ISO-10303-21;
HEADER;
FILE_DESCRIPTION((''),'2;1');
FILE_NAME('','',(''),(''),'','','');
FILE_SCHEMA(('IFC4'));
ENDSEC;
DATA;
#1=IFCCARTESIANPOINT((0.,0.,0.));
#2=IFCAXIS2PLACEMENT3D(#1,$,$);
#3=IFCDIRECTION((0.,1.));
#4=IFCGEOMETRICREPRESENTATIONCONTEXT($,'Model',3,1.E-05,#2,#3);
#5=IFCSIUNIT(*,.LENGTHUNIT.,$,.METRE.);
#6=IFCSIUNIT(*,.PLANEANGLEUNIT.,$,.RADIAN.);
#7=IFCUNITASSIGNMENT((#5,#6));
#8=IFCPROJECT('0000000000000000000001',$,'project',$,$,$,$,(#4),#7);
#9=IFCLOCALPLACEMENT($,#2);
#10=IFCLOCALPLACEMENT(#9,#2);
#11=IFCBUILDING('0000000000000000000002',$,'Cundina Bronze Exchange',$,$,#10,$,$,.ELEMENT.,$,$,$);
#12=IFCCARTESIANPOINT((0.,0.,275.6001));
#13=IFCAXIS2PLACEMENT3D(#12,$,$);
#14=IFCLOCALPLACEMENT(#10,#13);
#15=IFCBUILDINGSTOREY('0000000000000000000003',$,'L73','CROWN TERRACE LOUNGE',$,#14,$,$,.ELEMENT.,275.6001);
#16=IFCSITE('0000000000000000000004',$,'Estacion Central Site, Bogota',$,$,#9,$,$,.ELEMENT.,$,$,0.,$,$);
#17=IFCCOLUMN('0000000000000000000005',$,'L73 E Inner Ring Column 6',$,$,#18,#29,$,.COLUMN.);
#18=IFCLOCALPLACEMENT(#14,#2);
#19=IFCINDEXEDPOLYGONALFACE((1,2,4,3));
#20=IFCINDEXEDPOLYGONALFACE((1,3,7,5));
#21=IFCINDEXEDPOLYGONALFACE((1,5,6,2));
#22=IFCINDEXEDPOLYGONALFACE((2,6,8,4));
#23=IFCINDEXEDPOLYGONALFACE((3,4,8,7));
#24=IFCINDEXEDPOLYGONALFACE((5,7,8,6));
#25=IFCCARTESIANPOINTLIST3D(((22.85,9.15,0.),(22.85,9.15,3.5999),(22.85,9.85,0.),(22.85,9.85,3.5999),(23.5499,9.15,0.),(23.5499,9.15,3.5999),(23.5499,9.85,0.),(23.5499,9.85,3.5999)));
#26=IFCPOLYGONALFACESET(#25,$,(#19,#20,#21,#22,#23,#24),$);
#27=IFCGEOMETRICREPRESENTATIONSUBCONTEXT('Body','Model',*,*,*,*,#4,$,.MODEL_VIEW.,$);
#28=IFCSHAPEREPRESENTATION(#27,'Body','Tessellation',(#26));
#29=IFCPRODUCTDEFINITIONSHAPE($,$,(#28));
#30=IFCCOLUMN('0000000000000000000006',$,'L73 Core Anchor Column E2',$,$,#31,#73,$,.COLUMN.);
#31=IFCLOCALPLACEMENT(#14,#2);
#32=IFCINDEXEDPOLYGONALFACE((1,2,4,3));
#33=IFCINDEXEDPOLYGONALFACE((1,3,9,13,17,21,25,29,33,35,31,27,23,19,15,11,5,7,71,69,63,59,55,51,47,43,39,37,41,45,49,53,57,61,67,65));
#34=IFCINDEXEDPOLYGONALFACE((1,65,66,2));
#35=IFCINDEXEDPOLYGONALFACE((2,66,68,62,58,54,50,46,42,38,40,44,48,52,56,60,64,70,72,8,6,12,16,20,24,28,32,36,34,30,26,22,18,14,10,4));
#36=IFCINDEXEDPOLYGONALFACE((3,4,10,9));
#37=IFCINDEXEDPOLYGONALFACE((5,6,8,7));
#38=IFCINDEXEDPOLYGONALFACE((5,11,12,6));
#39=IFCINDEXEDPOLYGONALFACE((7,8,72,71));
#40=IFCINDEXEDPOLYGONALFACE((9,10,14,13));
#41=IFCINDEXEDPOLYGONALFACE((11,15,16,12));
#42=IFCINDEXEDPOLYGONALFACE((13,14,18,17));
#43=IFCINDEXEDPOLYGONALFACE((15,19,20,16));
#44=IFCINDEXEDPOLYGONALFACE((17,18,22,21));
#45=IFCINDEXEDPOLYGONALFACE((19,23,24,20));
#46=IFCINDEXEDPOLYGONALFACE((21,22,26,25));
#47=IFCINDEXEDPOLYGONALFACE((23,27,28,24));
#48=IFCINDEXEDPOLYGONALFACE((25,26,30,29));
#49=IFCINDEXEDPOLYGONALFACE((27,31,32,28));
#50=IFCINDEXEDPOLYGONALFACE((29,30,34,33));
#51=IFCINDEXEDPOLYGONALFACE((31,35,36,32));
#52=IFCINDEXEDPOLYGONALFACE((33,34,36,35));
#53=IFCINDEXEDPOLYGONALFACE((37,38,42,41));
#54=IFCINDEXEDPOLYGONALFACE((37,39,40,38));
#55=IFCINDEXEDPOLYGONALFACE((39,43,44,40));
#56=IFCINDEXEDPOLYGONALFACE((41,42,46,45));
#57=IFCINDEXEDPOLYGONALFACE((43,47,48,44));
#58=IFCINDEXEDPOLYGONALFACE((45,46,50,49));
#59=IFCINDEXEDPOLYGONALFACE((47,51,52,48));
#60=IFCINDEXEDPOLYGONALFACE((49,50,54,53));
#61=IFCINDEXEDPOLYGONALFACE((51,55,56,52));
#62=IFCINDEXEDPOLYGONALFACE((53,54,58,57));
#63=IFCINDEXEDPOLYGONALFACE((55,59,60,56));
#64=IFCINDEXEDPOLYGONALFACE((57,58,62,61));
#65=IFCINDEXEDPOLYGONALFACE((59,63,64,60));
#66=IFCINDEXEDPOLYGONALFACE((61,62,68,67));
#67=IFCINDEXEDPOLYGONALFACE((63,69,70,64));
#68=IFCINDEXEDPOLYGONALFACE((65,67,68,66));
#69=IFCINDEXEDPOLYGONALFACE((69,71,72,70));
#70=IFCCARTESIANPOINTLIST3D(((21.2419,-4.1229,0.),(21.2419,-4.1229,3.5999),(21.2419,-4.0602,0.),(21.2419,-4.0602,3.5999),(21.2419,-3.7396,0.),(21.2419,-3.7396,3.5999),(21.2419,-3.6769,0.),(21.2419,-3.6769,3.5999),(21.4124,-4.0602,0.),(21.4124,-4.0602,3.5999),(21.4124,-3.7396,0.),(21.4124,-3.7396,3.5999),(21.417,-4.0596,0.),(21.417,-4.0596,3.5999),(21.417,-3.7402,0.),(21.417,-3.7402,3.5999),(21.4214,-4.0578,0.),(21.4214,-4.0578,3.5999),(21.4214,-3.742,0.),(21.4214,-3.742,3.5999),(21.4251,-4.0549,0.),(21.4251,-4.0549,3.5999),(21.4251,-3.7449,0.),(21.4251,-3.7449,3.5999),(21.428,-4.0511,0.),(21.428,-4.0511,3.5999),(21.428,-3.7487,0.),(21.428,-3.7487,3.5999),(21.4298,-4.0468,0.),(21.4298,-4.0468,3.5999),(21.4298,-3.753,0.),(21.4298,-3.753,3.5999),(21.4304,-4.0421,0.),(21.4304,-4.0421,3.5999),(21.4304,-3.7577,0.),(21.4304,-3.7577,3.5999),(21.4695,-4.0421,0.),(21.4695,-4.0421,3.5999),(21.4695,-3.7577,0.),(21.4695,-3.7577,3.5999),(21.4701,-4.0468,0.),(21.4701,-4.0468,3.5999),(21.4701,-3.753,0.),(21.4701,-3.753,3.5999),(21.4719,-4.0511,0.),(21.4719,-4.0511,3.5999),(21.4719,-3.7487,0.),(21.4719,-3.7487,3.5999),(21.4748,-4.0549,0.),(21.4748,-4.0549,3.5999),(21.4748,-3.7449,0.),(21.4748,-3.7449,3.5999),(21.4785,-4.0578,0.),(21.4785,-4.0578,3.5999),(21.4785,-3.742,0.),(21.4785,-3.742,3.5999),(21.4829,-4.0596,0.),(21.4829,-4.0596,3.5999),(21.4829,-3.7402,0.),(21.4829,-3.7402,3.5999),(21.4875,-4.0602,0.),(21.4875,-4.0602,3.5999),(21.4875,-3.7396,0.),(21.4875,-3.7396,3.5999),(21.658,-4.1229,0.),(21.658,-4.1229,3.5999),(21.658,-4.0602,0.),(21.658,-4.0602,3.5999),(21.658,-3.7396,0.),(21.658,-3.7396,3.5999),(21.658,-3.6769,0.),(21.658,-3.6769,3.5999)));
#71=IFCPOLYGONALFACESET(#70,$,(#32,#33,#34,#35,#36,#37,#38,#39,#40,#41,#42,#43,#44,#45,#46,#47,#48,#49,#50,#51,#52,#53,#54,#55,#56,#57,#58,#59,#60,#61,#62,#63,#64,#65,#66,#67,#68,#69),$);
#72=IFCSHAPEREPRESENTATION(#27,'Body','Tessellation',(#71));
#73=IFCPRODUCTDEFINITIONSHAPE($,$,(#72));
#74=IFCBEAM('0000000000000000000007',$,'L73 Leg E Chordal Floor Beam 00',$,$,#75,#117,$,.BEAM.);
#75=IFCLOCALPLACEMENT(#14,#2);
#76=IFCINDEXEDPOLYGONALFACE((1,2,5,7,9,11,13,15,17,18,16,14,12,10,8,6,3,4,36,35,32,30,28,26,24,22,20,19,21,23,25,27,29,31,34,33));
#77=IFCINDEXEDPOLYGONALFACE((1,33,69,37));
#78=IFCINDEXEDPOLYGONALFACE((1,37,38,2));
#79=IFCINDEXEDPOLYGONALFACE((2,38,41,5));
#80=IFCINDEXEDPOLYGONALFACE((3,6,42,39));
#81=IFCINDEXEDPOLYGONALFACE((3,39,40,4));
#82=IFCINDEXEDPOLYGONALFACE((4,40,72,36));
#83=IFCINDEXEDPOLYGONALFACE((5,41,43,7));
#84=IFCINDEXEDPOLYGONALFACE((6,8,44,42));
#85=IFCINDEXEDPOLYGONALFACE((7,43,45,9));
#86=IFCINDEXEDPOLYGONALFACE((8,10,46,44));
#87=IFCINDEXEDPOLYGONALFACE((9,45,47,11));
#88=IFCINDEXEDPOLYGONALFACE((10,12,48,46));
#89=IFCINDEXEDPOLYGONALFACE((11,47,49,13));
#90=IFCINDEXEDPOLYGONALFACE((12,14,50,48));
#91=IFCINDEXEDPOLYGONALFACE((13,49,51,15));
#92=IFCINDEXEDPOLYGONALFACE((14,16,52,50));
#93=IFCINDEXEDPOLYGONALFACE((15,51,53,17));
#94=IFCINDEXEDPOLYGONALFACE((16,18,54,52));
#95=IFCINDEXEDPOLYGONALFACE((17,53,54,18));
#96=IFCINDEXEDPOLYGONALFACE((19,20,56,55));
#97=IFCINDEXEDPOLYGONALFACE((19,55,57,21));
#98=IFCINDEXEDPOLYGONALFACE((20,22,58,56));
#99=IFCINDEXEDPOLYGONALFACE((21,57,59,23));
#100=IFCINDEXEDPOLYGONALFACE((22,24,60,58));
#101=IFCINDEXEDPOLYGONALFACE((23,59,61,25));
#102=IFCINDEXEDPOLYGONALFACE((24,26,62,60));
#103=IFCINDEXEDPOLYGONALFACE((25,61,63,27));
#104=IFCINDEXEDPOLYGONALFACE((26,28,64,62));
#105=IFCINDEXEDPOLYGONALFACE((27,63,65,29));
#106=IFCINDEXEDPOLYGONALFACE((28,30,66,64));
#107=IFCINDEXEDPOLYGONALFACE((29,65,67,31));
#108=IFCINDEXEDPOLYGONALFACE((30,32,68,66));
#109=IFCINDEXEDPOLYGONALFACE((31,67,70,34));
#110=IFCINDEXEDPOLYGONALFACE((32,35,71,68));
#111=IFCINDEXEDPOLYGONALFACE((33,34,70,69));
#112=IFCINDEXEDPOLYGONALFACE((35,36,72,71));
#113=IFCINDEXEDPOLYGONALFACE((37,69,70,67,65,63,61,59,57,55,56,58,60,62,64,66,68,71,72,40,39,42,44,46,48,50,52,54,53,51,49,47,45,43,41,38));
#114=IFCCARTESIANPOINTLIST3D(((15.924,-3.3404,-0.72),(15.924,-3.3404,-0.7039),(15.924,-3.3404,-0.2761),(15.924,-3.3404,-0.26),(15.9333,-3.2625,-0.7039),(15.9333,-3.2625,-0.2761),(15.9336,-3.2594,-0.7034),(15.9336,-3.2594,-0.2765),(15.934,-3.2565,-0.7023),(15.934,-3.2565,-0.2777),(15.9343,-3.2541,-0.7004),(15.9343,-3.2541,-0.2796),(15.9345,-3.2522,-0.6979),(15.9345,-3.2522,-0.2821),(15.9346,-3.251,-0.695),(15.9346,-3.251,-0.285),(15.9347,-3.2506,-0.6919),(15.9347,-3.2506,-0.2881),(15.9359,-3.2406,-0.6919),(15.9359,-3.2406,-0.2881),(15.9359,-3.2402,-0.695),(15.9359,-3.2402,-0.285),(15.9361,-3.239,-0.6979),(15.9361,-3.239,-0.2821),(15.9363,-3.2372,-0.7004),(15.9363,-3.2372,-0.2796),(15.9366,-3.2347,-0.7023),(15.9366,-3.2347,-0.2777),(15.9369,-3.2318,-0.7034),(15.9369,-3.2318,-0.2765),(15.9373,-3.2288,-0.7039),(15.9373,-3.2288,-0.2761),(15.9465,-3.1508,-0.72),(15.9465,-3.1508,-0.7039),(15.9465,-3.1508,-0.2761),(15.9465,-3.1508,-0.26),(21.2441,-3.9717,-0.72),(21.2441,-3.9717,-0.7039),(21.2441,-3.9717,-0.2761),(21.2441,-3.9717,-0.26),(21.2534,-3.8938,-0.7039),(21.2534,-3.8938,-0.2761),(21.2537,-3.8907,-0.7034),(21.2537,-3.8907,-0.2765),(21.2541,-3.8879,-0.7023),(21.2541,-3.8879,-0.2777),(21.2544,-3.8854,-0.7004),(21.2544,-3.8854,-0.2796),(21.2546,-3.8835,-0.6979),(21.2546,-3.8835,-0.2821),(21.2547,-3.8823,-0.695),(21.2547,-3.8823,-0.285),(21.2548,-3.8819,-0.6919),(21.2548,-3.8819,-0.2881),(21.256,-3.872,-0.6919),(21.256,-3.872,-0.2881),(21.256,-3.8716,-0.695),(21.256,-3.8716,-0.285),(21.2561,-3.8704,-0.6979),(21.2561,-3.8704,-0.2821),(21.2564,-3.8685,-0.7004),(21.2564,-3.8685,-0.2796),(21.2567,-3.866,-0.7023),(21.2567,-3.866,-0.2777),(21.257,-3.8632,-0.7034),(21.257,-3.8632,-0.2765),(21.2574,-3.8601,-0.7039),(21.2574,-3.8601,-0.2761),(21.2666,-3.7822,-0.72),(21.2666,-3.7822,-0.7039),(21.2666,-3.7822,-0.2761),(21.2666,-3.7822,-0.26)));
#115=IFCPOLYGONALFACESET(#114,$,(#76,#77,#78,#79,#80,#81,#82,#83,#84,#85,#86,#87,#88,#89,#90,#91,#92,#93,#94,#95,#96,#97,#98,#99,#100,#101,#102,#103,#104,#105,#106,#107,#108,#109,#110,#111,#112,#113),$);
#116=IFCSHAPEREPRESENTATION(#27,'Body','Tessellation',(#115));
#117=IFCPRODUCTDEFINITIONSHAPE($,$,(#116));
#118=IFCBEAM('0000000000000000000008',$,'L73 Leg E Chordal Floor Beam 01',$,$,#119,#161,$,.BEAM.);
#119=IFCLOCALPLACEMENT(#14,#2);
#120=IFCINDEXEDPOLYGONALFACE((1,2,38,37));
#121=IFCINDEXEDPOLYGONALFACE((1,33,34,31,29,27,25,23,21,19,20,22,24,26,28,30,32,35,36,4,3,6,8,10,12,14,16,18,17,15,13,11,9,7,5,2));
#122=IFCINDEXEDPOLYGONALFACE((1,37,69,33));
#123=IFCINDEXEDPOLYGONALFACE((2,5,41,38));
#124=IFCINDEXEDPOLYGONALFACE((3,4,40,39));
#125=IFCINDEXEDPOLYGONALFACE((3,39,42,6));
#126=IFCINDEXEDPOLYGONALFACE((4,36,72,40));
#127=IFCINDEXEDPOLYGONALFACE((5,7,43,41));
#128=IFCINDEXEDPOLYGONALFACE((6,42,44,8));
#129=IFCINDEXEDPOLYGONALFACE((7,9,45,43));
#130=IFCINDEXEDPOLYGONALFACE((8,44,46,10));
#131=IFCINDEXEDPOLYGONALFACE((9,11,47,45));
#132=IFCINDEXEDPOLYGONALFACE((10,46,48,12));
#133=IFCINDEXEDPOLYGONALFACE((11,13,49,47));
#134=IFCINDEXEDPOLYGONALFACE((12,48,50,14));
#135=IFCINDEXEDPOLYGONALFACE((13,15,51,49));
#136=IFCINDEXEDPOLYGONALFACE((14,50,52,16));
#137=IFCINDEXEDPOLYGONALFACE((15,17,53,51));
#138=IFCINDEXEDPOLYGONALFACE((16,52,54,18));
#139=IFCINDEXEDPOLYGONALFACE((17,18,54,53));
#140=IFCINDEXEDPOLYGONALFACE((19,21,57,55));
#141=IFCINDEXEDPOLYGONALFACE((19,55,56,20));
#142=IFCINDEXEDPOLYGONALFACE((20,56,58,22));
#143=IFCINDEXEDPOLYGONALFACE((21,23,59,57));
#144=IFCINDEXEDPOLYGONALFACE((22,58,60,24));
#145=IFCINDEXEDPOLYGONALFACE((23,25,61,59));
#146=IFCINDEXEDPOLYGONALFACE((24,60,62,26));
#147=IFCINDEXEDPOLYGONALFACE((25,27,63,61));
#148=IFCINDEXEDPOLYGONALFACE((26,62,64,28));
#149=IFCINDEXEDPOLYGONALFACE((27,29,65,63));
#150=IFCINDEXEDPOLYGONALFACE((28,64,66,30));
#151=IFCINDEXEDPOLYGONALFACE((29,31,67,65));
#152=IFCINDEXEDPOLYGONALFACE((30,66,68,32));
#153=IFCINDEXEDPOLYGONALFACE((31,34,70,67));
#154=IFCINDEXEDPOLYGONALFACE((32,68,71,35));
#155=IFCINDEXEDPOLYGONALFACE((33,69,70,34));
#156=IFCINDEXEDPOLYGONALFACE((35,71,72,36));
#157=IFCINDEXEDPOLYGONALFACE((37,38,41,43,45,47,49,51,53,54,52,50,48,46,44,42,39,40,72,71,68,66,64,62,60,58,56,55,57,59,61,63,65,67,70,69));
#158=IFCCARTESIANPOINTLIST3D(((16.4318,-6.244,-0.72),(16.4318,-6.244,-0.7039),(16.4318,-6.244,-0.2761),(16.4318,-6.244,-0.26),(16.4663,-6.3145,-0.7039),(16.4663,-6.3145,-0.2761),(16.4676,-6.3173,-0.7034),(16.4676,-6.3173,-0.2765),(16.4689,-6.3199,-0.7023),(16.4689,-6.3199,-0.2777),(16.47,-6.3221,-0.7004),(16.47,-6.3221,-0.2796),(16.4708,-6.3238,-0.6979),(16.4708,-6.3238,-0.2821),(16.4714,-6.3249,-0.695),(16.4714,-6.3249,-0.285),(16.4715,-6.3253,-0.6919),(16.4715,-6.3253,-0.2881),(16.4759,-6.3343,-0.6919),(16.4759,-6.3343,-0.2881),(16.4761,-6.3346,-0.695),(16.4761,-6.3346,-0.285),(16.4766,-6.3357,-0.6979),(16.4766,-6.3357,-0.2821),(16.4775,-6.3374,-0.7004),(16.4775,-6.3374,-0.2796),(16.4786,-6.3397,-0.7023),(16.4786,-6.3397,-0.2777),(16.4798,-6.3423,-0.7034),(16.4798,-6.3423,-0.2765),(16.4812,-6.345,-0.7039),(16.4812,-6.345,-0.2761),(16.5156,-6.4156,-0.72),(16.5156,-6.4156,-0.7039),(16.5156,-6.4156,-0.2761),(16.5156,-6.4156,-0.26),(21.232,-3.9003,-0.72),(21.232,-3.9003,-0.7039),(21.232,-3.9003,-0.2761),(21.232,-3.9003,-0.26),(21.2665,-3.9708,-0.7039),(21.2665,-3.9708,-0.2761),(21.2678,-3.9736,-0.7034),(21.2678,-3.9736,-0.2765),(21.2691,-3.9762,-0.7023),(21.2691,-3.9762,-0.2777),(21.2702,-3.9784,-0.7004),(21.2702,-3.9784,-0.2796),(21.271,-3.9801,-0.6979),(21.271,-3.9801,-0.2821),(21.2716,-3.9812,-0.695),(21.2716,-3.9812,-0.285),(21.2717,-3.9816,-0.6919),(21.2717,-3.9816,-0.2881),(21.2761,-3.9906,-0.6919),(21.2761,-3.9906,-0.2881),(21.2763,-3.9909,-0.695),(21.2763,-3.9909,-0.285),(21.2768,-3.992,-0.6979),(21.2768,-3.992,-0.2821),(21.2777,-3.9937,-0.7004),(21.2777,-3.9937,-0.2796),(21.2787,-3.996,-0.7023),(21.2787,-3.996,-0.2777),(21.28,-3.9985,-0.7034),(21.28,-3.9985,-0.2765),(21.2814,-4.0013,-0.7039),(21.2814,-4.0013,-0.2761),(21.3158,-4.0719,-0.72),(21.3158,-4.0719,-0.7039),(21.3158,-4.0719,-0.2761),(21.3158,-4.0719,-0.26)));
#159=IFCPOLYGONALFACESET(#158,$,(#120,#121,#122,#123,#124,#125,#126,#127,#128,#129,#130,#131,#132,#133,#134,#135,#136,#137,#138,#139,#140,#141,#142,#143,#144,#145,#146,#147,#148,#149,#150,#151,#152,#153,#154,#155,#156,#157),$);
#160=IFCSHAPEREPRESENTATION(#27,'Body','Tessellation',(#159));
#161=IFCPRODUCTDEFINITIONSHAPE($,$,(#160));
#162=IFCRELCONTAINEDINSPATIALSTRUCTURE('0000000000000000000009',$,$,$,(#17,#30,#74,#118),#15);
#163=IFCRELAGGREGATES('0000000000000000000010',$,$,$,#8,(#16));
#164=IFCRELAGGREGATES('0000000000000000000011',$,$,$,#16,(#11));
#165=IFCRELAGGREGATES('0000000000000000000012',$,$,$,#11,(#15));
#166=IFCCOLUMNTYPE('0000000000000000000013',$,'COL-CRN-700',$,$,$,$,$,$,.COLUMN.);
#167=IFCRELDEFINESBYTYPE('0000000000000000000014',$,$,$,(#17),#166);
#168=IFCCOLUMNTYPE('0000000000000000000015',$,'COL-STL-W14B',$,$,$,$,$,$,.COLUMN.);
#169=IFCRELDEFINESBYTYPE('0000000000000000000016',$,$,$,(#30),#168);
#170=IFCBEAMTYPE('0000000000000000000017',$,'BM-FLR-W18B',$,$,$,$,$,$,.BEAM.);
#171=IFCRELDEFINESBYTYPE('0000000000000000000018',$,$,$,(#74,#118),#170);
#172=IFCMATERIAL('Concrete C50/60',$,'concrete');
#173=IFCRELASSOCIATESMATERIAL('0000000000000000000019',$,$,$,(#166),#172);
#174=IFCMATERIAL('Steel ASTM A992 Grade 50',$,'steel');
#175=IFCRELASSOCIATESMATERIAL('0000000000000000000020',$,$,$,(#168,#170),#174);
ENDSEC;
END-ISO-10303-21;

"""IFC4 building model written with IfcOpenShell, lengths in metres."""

from ifc_helpers import new_model, si_unit, direction, frame, origin, origin_2d, place, context, subcontext, project, spatial, rectangle, i_section, extrude, material, material_profile, profile_set, type_object, element, save


model = new_model("IFC4")

# Units and contexts
model_context = context("Model", 3, precision=1e-05, world=origin(), true_north=direction((0.0, 1.0)))
body_context = subcontext(model_context, "Body", "Model", "MODEL_VIEW")
ifc_project = project(units=[si_unit("LENGTHUNIT", "METRE"), si_unit("PLANEANGLEUNIT", "RADIAN")], contexts=[model_context])

# Site, building, storey
site_placement = place(None, origin())
site = spatial("IfcSite", under=ifc_project, at=site_placement, Name="Estacion Central Site, Bogota", CompositionType="ELEMENT", RefElevation=0.0)
building_placement = place(site_placement, origin())
building = spatial("IfcBuilding", under=site, at=building_placement, Name="Cundina Bronze Exchange", CompositionType="ELEMENT")
storey_placement = place(building_placement, frame((0.0, 0.0, 275.6001)))
storey = spatial("IfcBuildingStorey", under=building, at=storey_placement, Name="L73", Description="CROWN TERRACE LOUNGE", CompositionType="ELEMENT", Elevation=275.6001)

# Columns
ifc_material_1 = material(Name="Concrete C50/60", Category="concrete")
ifc_material_profile_1 = material_profile(ifc_material_1, rectangle(XDim=0.7, YDim=0.7, at=origin_2d()), Name="RC700X700", Category="concrete")
ifc_profile_set_1 = profile_set([ifc_material_profile_1], Name="Concrete C50/60")
column_type_1 = type_object("IfcColumnType", Name="COL-CRN-700", PredefinedType="COLUMN", material=ifc_profile_set_1)
column_1_placement = place(storey_placement, frame((23.2, 9.5, 0.0), z_axis=(0.0, 0.0, 1.0), x_axis=(1.0, 0.0, 0.0)))
element("IfcColumn", 1, at=column_1_placement, inside=storey, type_object=column_type_1, Name="L73 E Inner Ring Column 6", PredefinedType="COLUMN", context=body_context, shape_type="SweptSolid", body=[
    extrude(rectangle(XDim=0.7, YDim=0.7, at=origin_2d()), origin(), (0.0, 0.0, 1.0), 3.5999),
])
ifc_material_2 = material(Name="Steel ASTM A992 Grade 50", Category="steel")
ifc_material_profile_2 = material_profile(ifc_material_2, i_section(OverallWidth=0.416, OverallDepth=0.446, WebThickness=0.0391, FlangeThickness=0.0627, FilletRadius=0.0181, at=origin_2d()), Name="W14X342", Category="steel")
ifc_profile_set_2 = profile_set([ifc_material_profile_2], Name="Steel ASTM A992 Grade 50")
column_type_2 = type_object("IfcColumnType", Name="COL-STL-W14B", PredefinedType="COLUMN", material=ifc_profile_set_2)
column_2_placement = place(storey_placement, frame((21.45, -3.8999, 0.0), z_axis=(0.0, 0.0, 1.0), x_axis=(1.0, 0.0, 0.0)))
element("IfcColumn", 2, at=column_2_placement, inside=storey, type_object=column_type_2, Name="L73 Core Anchor Column E2", PredefinedType="COLUMN", context=body_context, shape_type="SweptSolid", body=[
    extrude(i_section(OverallWidth=0.416, OverallDepth=0.446, WebThickness=0.0391, FlangeThickness=0.0627, FilletRadius=0.0181, at=origin_2d()), origin(), (0.0, 0.0, 1.0), 3.5999),
])

# Beams
ifc_material_profile_3 = material_profile(ifc_material_2, i_section(OverallWidth=0.1909, OverallDepth=0.46, WebThickness=0.01, FlangeThickness=0.0161, FilletRadius=0.012, at=origin_2d()), Name="W18X55", Category="steel")
ifc_profile_set_3 = profile_set([ifc_material_profile_3], Name="Steel ASTM A992 Grade 50")
beam_type_1 = type_object("IfcBeamType", Name="BM-FLR-W18B", PredefinedType="BEAM", material=ifc_profile_set_3)
beam_1_placement = place(storey_placement, frame((21.2554, -3.877, -0.49), z_axis=(-0.993032, 0.117846, 0.0), x_axis=(-0.117846, -0.993032, 0.0)))
element("IfcBeam", 3, at=beam_1_placement, inside=storey, type_object=beam_type_1, Name="L73 Leg E Chordal Floor Beam 00", PredefinedType="BEAM", context=body_context, shape_type="SweptSolid", body=[
    extrude(i_section(OverallWidth=0.1909, OverallDepth=0.46, WebThickness=0.01, FlangeThickness=0.0161, FilletRadius=0.012, at=origin_2d()), origin(), (0.0, 0.0, 1.0), 5.3574),
])
beam_2_placement = place(storey_placement, frame((21.2739, -3.9861, -0.49), z_axis=(-0.89861, -0.438748, 0.0), x_axis=(0.438748, -0.89861, 0.0)))
element("IfcBeam", 4, at=beam_2_placement, inside=storey, type_object=beam_type_1, Name="L73 Leg E Chordal Floor Beam 01", PredefinedType="BEAM", context=body_context, shape_type="SweptSolid", body=[
    extrude(i_section(OverallWidth=0.1909, OverallDepth=0.46, WebThickness=0.01, FlangeThickness=0.0161, FilletRadius=0.012, at=origin_2d()), origin(), (0.0, 0.0, 1.0), 5.3418),
])

save(model, "model.ifc")
